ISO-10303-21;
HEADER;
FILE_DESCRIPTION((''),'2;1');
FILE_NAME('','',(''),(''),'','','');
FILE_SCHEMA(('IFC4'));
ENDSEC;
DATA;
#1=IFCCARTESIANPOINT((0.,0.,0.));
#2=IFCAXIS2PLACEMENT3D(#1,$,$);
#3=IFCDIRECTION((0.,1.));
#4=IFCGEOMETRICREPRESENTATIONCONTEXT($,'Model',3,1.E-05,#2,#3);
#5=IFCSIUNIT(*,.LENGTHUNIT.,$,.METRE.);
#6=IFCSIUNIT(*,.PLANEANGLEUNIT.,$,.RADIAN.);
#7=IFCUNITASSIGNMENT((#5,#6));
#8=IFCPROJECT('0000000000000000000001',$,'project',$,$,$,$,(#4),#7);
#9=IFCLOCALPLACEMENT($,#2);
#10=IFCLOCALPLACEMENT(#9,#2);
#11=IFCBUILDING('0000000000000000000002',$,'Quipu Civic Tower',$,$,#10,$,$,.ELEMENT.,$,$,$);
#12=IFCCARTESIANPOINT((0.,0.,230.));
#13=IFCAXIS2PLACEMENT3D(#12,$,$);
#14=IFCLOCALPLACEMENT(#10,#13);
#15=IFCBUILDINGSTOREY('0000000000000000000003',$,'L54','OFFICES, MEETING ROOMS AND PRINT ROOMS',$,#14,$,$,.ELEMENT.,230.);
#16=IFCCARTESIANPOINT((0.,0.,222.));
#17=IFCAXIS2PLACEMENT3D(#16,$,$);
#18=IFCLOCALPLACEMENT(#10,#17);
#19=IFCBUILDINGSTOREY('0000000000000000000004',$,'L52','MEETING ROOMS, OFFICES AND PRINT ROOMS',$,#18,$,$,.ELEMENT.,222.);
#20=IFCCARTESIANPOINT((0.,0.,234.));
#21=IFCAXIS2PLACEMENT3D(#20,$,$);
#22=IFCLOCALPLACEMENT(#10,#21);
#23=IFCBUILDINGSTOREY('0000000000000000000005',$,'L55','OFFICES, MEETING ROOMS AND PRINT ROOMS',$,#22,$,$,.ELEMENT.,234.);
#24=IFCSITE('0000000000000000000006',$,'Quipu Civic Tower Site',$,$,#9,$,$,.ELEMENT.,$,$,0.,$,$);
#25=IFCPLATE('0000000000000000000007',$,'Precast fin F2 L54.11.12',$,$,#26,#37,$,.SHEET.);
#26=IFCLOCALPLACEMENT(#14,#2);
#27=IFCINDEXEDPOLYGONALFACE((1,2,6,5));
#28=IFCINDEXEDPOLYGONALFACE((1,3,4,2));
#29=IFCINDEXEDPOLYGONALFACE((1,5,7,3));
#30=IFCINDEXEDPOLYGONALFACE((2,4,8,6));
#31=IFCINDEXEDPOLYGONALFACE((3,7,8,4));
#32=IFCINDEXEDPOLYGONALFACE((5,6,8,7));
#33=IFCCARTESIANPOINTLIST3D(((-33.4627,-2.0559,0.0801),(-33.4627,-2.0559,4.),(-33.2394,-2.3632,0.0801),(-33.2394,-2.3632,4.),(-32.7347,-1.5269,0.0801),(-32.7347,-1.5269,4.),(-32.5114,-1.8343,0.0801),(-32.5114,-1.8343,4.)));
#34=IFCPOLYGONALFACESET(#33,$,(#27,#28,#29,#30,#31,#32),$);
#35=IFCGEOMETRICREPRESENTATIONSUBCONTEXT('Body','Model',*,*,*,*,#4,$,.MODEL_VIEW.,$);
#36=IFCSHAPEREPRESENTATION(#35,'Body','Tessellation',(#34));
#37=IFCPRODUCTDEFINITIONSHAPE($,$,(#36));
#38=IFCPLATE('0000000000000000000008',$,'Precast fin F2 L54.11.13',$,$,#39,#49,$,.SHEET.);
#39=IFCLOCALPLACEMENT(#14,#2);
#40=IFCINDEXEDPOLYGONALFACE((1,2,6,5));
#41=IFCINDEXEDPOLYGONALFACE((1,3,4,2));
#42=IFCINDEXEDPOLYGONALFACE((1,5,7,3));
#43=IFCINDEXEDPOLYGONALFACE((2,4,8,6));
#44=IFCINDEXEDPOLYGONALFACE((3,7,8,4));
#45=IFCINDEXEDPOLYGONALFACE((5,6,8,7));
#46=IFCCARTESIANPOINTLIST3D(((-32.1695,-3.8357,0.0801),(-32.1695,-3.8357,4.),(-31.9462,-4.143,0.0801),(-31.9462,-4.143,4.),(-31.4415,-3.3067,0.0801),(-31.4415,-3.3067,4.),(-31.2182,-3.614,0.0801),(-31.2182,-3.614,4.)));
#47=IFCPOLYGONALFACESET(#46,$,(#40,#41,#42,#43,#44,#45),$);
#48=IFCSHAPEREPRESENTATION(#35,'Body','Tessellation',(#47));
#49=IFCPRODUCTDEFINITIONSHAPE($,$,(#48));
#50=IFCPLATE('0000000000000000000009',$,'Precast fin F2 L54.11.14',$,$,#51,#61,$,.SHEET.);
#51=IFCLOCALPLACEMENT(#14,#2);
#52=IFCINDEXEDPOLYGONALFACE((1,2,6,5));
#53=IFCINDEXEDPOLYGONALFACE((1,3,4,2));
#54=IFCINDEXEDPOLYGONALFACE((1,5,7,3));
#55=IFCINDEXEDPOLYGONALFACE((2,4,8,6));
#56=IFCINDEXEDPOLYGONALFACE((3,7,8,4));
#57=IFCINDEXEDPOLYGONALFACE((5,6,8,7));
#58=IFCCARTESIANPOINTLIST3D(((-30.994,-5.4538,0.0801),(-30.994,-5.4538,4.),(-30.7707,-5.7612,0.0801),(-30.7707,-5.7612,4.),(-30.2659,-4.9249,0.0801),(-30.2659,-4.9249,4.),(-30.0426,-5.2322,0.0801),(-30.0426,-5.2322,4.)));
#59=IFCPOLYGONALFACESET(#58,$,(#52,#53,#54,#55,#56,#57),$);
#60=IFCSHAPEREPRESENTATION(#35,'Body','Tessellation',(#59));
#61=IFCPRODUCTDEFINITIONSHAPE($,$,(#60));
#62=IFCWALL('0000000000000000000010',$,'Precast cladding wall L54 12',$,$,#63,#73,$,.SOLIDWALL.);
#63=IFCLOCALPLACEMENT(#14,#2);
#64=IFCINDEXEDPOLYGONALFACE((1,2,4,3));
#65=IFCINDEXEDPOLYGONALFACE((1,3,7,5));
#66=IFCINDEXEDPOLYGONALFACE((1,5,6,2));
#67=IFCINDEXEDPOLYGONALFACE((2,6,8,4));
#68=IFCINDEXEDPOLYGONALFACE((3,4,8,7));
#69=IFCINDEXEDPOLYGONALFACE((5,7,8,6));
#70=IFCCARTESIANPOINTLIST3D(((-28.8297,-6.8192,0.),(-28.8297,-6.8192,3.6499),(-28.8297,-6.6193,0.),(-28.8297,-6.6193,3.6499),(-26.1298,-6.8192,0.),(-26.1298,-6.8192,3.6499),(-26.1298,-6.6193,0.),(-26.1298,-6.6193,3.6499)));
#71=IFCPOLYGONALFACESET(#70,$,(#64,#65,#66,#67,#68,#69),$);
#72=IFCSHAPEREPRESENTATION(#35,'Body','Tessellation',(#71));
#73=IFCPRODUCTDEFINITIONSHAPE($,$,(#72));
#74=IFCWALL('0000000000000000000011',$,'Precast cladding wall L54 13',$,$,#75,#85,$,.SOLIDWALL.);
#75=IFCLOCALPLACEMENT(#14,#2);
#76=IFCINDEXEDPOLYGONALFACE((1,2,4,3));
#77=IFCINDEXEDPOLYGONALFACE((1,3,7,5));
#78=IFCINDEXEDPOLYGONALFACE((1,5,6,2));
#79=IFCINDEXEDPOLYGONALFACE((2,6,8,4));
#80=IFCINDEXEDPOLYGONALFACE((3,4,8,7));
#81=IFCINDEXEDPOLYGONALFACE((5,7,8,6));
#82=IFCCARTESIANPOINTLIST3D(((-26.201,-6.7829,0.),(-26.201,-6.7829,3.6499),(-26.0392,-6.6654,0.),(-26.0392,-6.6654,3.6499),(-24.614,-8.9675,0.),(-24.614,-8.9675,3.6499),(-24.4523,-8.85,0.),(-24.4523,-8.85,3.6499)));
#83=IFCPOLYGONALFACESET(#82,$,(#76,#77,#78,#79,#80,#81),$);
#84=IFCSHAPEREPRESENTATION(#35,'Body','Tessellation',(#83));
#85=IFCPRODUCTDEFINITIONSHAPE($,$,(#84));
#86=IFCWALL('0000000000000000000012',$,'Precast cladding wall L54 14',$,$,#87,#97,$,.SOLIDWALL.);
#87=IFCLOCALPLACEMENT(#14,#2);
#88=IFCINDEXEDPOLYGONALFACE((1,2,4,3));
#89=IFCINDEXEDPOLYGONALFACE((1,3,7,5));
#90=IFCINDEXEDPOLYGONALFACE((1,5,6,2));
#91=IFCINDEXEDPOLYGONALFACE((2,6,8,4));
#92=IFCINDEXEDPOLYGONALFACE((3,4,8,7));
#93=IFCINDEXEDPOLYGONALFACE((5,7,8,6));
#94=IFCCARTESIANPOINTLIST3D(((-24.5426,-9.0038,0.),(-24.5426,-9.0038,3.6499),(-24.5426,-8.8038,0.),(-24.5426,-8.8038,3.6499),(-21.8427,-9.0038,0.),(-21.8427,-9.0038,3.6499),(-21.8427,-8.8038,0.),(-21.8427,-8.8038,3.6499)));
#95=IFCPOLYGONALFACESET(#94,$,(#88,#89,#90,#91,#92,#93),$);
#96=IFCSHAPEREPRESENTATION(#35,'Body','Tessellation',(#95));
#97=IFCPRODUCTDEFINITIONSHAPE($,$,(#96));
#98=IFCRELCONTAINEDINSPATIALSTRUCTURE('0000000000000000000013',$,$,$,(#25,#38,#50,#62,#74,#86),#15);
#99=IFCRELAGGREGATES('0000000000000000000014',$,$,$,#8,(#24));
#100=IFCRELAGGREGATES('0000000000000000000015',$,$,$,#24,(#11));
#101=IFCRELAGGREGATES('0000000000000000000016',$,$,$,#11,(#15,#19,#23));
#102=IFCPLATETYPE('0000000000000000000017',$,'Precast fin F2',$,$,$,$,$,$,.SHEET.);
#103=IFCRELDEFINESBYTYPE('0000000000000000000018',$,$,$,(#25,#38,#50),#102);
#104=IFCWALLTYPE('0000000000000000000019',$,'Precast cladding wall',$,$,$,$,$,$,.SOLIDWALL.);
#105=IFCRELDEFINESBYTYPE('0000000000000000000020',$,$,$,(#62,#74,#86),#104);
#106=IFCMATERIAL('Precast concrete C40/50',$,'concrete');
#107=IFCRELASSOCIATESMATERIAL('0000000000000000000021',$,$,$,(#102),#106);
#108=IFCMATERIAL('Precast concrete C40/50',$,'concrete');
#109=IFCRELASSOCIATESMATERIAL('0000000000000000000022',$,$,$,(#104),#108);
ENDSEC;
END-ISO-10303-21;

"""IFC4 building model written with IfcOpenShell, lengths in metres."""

from ifc_helpers import new_model, si_unit, direction, frame, frame_2d, origin, origin_2d, place, context, subcontext, project, spatial, rectangle, extrude, material, type_object, element, save


model = new_model("IFC4")

# Units and contexts
model_context = context("Model", 3, precision=1e-05, world=origin(), true_north=direction((0.0, 1.0)))
body_context = subcontext(model_context, "Body", "Model", "MODEL_VIEW")
ifc_project = project(units=[si_unit("LENGTHUNIT", "METRE"), si_unit("PLANEANGLEUNIT", "RADIAN")], contexts=[model_context])

# Site, building, storey
site_placement = place(None, origin())
site = spatial("IfcSite", under=ifc_project, at=site_placement, Name="Quipu Civic Tower Site", CompositionType="ELEMENT", RefElevation=0.0)
building_placement = place(site_placement, origin())
building = spatial("IfcBuilding", under=site, at=building_placement, Name="Quipu Civic Tower", CompositionType="ELEMENT")
storey_1_placement = place(building_placement, frame((0.0, 0.0, 230.0)))
storey_1 = spatial("IfcBuildingStorey", under=building, at=storey_1_placement, Name="L54", Description="OFFICES, MEETING ROOMS AND PRINT ROOMS", CompositionType="ELEMENT", Elevation=230.0)

# Shared definitions
storey_2_placement = place(building_placement, frame((0.0, 0.0, 222.0)))
storey_2 = spatial("IfcBuildingStorey", under=building, at=storey_2_placement, Name="L52", Description="MEETING ROOMS, OFFICES AND PRINT ROOMS", CompositionType="ELEMENT", Elevation=222.0)

# Shared definitions
storey_3_placement = place(building_placement, frame((0.0, 0.0, 234.0)))
storey_3 = spatial("IfcBuildingStorey", under=building, at=storey_3_placement, Name="L55", Description="OFFICES, MEETING ROOMS AND PRINT ROOMS", CompositionType="ELEMENT", Elevation=234.0)

# Plates
ifc_material_1 = material(Name="Precast concrete C40/50", Category="concrete")
plate_type_1 = type_object("IfcPlateType", Name="Precast fin F2", PredefinedType="SHEET", material=ifc_material_1)
for number, where, z_axis, x_axis, name in (
    (1, (-32.9871, -1.9451, 0.0801), (0.0, 0.0, 1.0), (0.587786, -0.809017, 0.0), "Precast fin F2 L54.11.12"),
    (2, (-31.6938, -3.7249, 0.0801), (0.0, 0.0, 1.0), (0.587786, -0.809017, 0.0), "Precast fin F2 L54.11.13"),
    (3, (-30.5183, -5.343, 0.0801), (0.0, 0.0, 1.0), (0.587786, -0.809017, 0.0), "Precast fin F2 L54.11.14"),
):
    element("IfcPlate", number, at=place(storey_1_placement, frame(where, z_axis=z_axis, x_axis=x_axis)), inside=storey_1, type_object=plate_type_1, Name=name, PredefinedType="SHEET", context=body_context, shape_type="SweptSolid", body=[
        extrude(rectangle(XDim=0.3799, YDim=0.8999, at=origin_2d()), origin(), (0.0, 0.0, 1.0), 3.9199),
    ])

# Walls
ifc_material_2 = material(Name="Precast concrete C40/50", Category="concrete")
wall_type = type_object("IfcWallType", Name="Precast cladding wall", PredefinedType="SOLIDWALL", material=ifc_material_2)
wall_1_placement = place(storey_1_placement, frame((-28.8298, -6.7192, 0.0), z_axis=(0.0, 0.0, 1.0), x_axis=(1.0, 0.0, 0.0)))
element("IfcWall", 4, at=wall_1_placement, inside=storey_1, type_object=wall_type, Name="Precast cladding wall L54 12", PredefinedType="SOLIDWALL", context=body_context, shape_type="SweptSolid", body=[
    extrude(rectangle(XDim=2.7, YDim=0.2, at=frame_2d((1.3501, 0.0))), origin(), (0.0, 0.0, 1.0), 3.6499),
])
wall_2_placement = place(storey_1_placement, frame((-26.1201, -6.7241, 0.0), z_axis=(0.0, 0.0, 1.0), x_axis=(0.58772, -0.809064, 0.0)))
element("IfcWall", 5, at=wall_2_placement, inside=storey_1, type_object=wall_type, Name="Precast cladding wall L54 13", PredefinedType="SOLIDWALL", context=body_context, shape_type="SweptSolid", body=[
    extrude(rectangle(XDim=2.7002, YDim=0.2, at=frame_2d((1.3501, 0.0))), origin(), (0.0, 0.0, 1.0), 3.6499),
])
wall_3_placement = place(storey_1_placement, frame((-24.5427, -8.9038, 0.0), z_axis=(0.0, 0.0, 1.0), x_axis=(1.0, 0.0, 0.0)))
element("IfcWall", 6, at=wall_3_placement, inside=storey_1, type_object=wall_type, Name="Precast cladding wall L54 14", PredefinedType="SOLIDWALL", context=body_context, shape_type="SweptSolid", body=[
    extrude(rectangle(XDim=2.7, YDim=0.2, at=frame_2d((1.3501, 0.0))), origin(), (0.0, 0.0, 1.0), 3.6499),
])

save(model, "model.ifc")
